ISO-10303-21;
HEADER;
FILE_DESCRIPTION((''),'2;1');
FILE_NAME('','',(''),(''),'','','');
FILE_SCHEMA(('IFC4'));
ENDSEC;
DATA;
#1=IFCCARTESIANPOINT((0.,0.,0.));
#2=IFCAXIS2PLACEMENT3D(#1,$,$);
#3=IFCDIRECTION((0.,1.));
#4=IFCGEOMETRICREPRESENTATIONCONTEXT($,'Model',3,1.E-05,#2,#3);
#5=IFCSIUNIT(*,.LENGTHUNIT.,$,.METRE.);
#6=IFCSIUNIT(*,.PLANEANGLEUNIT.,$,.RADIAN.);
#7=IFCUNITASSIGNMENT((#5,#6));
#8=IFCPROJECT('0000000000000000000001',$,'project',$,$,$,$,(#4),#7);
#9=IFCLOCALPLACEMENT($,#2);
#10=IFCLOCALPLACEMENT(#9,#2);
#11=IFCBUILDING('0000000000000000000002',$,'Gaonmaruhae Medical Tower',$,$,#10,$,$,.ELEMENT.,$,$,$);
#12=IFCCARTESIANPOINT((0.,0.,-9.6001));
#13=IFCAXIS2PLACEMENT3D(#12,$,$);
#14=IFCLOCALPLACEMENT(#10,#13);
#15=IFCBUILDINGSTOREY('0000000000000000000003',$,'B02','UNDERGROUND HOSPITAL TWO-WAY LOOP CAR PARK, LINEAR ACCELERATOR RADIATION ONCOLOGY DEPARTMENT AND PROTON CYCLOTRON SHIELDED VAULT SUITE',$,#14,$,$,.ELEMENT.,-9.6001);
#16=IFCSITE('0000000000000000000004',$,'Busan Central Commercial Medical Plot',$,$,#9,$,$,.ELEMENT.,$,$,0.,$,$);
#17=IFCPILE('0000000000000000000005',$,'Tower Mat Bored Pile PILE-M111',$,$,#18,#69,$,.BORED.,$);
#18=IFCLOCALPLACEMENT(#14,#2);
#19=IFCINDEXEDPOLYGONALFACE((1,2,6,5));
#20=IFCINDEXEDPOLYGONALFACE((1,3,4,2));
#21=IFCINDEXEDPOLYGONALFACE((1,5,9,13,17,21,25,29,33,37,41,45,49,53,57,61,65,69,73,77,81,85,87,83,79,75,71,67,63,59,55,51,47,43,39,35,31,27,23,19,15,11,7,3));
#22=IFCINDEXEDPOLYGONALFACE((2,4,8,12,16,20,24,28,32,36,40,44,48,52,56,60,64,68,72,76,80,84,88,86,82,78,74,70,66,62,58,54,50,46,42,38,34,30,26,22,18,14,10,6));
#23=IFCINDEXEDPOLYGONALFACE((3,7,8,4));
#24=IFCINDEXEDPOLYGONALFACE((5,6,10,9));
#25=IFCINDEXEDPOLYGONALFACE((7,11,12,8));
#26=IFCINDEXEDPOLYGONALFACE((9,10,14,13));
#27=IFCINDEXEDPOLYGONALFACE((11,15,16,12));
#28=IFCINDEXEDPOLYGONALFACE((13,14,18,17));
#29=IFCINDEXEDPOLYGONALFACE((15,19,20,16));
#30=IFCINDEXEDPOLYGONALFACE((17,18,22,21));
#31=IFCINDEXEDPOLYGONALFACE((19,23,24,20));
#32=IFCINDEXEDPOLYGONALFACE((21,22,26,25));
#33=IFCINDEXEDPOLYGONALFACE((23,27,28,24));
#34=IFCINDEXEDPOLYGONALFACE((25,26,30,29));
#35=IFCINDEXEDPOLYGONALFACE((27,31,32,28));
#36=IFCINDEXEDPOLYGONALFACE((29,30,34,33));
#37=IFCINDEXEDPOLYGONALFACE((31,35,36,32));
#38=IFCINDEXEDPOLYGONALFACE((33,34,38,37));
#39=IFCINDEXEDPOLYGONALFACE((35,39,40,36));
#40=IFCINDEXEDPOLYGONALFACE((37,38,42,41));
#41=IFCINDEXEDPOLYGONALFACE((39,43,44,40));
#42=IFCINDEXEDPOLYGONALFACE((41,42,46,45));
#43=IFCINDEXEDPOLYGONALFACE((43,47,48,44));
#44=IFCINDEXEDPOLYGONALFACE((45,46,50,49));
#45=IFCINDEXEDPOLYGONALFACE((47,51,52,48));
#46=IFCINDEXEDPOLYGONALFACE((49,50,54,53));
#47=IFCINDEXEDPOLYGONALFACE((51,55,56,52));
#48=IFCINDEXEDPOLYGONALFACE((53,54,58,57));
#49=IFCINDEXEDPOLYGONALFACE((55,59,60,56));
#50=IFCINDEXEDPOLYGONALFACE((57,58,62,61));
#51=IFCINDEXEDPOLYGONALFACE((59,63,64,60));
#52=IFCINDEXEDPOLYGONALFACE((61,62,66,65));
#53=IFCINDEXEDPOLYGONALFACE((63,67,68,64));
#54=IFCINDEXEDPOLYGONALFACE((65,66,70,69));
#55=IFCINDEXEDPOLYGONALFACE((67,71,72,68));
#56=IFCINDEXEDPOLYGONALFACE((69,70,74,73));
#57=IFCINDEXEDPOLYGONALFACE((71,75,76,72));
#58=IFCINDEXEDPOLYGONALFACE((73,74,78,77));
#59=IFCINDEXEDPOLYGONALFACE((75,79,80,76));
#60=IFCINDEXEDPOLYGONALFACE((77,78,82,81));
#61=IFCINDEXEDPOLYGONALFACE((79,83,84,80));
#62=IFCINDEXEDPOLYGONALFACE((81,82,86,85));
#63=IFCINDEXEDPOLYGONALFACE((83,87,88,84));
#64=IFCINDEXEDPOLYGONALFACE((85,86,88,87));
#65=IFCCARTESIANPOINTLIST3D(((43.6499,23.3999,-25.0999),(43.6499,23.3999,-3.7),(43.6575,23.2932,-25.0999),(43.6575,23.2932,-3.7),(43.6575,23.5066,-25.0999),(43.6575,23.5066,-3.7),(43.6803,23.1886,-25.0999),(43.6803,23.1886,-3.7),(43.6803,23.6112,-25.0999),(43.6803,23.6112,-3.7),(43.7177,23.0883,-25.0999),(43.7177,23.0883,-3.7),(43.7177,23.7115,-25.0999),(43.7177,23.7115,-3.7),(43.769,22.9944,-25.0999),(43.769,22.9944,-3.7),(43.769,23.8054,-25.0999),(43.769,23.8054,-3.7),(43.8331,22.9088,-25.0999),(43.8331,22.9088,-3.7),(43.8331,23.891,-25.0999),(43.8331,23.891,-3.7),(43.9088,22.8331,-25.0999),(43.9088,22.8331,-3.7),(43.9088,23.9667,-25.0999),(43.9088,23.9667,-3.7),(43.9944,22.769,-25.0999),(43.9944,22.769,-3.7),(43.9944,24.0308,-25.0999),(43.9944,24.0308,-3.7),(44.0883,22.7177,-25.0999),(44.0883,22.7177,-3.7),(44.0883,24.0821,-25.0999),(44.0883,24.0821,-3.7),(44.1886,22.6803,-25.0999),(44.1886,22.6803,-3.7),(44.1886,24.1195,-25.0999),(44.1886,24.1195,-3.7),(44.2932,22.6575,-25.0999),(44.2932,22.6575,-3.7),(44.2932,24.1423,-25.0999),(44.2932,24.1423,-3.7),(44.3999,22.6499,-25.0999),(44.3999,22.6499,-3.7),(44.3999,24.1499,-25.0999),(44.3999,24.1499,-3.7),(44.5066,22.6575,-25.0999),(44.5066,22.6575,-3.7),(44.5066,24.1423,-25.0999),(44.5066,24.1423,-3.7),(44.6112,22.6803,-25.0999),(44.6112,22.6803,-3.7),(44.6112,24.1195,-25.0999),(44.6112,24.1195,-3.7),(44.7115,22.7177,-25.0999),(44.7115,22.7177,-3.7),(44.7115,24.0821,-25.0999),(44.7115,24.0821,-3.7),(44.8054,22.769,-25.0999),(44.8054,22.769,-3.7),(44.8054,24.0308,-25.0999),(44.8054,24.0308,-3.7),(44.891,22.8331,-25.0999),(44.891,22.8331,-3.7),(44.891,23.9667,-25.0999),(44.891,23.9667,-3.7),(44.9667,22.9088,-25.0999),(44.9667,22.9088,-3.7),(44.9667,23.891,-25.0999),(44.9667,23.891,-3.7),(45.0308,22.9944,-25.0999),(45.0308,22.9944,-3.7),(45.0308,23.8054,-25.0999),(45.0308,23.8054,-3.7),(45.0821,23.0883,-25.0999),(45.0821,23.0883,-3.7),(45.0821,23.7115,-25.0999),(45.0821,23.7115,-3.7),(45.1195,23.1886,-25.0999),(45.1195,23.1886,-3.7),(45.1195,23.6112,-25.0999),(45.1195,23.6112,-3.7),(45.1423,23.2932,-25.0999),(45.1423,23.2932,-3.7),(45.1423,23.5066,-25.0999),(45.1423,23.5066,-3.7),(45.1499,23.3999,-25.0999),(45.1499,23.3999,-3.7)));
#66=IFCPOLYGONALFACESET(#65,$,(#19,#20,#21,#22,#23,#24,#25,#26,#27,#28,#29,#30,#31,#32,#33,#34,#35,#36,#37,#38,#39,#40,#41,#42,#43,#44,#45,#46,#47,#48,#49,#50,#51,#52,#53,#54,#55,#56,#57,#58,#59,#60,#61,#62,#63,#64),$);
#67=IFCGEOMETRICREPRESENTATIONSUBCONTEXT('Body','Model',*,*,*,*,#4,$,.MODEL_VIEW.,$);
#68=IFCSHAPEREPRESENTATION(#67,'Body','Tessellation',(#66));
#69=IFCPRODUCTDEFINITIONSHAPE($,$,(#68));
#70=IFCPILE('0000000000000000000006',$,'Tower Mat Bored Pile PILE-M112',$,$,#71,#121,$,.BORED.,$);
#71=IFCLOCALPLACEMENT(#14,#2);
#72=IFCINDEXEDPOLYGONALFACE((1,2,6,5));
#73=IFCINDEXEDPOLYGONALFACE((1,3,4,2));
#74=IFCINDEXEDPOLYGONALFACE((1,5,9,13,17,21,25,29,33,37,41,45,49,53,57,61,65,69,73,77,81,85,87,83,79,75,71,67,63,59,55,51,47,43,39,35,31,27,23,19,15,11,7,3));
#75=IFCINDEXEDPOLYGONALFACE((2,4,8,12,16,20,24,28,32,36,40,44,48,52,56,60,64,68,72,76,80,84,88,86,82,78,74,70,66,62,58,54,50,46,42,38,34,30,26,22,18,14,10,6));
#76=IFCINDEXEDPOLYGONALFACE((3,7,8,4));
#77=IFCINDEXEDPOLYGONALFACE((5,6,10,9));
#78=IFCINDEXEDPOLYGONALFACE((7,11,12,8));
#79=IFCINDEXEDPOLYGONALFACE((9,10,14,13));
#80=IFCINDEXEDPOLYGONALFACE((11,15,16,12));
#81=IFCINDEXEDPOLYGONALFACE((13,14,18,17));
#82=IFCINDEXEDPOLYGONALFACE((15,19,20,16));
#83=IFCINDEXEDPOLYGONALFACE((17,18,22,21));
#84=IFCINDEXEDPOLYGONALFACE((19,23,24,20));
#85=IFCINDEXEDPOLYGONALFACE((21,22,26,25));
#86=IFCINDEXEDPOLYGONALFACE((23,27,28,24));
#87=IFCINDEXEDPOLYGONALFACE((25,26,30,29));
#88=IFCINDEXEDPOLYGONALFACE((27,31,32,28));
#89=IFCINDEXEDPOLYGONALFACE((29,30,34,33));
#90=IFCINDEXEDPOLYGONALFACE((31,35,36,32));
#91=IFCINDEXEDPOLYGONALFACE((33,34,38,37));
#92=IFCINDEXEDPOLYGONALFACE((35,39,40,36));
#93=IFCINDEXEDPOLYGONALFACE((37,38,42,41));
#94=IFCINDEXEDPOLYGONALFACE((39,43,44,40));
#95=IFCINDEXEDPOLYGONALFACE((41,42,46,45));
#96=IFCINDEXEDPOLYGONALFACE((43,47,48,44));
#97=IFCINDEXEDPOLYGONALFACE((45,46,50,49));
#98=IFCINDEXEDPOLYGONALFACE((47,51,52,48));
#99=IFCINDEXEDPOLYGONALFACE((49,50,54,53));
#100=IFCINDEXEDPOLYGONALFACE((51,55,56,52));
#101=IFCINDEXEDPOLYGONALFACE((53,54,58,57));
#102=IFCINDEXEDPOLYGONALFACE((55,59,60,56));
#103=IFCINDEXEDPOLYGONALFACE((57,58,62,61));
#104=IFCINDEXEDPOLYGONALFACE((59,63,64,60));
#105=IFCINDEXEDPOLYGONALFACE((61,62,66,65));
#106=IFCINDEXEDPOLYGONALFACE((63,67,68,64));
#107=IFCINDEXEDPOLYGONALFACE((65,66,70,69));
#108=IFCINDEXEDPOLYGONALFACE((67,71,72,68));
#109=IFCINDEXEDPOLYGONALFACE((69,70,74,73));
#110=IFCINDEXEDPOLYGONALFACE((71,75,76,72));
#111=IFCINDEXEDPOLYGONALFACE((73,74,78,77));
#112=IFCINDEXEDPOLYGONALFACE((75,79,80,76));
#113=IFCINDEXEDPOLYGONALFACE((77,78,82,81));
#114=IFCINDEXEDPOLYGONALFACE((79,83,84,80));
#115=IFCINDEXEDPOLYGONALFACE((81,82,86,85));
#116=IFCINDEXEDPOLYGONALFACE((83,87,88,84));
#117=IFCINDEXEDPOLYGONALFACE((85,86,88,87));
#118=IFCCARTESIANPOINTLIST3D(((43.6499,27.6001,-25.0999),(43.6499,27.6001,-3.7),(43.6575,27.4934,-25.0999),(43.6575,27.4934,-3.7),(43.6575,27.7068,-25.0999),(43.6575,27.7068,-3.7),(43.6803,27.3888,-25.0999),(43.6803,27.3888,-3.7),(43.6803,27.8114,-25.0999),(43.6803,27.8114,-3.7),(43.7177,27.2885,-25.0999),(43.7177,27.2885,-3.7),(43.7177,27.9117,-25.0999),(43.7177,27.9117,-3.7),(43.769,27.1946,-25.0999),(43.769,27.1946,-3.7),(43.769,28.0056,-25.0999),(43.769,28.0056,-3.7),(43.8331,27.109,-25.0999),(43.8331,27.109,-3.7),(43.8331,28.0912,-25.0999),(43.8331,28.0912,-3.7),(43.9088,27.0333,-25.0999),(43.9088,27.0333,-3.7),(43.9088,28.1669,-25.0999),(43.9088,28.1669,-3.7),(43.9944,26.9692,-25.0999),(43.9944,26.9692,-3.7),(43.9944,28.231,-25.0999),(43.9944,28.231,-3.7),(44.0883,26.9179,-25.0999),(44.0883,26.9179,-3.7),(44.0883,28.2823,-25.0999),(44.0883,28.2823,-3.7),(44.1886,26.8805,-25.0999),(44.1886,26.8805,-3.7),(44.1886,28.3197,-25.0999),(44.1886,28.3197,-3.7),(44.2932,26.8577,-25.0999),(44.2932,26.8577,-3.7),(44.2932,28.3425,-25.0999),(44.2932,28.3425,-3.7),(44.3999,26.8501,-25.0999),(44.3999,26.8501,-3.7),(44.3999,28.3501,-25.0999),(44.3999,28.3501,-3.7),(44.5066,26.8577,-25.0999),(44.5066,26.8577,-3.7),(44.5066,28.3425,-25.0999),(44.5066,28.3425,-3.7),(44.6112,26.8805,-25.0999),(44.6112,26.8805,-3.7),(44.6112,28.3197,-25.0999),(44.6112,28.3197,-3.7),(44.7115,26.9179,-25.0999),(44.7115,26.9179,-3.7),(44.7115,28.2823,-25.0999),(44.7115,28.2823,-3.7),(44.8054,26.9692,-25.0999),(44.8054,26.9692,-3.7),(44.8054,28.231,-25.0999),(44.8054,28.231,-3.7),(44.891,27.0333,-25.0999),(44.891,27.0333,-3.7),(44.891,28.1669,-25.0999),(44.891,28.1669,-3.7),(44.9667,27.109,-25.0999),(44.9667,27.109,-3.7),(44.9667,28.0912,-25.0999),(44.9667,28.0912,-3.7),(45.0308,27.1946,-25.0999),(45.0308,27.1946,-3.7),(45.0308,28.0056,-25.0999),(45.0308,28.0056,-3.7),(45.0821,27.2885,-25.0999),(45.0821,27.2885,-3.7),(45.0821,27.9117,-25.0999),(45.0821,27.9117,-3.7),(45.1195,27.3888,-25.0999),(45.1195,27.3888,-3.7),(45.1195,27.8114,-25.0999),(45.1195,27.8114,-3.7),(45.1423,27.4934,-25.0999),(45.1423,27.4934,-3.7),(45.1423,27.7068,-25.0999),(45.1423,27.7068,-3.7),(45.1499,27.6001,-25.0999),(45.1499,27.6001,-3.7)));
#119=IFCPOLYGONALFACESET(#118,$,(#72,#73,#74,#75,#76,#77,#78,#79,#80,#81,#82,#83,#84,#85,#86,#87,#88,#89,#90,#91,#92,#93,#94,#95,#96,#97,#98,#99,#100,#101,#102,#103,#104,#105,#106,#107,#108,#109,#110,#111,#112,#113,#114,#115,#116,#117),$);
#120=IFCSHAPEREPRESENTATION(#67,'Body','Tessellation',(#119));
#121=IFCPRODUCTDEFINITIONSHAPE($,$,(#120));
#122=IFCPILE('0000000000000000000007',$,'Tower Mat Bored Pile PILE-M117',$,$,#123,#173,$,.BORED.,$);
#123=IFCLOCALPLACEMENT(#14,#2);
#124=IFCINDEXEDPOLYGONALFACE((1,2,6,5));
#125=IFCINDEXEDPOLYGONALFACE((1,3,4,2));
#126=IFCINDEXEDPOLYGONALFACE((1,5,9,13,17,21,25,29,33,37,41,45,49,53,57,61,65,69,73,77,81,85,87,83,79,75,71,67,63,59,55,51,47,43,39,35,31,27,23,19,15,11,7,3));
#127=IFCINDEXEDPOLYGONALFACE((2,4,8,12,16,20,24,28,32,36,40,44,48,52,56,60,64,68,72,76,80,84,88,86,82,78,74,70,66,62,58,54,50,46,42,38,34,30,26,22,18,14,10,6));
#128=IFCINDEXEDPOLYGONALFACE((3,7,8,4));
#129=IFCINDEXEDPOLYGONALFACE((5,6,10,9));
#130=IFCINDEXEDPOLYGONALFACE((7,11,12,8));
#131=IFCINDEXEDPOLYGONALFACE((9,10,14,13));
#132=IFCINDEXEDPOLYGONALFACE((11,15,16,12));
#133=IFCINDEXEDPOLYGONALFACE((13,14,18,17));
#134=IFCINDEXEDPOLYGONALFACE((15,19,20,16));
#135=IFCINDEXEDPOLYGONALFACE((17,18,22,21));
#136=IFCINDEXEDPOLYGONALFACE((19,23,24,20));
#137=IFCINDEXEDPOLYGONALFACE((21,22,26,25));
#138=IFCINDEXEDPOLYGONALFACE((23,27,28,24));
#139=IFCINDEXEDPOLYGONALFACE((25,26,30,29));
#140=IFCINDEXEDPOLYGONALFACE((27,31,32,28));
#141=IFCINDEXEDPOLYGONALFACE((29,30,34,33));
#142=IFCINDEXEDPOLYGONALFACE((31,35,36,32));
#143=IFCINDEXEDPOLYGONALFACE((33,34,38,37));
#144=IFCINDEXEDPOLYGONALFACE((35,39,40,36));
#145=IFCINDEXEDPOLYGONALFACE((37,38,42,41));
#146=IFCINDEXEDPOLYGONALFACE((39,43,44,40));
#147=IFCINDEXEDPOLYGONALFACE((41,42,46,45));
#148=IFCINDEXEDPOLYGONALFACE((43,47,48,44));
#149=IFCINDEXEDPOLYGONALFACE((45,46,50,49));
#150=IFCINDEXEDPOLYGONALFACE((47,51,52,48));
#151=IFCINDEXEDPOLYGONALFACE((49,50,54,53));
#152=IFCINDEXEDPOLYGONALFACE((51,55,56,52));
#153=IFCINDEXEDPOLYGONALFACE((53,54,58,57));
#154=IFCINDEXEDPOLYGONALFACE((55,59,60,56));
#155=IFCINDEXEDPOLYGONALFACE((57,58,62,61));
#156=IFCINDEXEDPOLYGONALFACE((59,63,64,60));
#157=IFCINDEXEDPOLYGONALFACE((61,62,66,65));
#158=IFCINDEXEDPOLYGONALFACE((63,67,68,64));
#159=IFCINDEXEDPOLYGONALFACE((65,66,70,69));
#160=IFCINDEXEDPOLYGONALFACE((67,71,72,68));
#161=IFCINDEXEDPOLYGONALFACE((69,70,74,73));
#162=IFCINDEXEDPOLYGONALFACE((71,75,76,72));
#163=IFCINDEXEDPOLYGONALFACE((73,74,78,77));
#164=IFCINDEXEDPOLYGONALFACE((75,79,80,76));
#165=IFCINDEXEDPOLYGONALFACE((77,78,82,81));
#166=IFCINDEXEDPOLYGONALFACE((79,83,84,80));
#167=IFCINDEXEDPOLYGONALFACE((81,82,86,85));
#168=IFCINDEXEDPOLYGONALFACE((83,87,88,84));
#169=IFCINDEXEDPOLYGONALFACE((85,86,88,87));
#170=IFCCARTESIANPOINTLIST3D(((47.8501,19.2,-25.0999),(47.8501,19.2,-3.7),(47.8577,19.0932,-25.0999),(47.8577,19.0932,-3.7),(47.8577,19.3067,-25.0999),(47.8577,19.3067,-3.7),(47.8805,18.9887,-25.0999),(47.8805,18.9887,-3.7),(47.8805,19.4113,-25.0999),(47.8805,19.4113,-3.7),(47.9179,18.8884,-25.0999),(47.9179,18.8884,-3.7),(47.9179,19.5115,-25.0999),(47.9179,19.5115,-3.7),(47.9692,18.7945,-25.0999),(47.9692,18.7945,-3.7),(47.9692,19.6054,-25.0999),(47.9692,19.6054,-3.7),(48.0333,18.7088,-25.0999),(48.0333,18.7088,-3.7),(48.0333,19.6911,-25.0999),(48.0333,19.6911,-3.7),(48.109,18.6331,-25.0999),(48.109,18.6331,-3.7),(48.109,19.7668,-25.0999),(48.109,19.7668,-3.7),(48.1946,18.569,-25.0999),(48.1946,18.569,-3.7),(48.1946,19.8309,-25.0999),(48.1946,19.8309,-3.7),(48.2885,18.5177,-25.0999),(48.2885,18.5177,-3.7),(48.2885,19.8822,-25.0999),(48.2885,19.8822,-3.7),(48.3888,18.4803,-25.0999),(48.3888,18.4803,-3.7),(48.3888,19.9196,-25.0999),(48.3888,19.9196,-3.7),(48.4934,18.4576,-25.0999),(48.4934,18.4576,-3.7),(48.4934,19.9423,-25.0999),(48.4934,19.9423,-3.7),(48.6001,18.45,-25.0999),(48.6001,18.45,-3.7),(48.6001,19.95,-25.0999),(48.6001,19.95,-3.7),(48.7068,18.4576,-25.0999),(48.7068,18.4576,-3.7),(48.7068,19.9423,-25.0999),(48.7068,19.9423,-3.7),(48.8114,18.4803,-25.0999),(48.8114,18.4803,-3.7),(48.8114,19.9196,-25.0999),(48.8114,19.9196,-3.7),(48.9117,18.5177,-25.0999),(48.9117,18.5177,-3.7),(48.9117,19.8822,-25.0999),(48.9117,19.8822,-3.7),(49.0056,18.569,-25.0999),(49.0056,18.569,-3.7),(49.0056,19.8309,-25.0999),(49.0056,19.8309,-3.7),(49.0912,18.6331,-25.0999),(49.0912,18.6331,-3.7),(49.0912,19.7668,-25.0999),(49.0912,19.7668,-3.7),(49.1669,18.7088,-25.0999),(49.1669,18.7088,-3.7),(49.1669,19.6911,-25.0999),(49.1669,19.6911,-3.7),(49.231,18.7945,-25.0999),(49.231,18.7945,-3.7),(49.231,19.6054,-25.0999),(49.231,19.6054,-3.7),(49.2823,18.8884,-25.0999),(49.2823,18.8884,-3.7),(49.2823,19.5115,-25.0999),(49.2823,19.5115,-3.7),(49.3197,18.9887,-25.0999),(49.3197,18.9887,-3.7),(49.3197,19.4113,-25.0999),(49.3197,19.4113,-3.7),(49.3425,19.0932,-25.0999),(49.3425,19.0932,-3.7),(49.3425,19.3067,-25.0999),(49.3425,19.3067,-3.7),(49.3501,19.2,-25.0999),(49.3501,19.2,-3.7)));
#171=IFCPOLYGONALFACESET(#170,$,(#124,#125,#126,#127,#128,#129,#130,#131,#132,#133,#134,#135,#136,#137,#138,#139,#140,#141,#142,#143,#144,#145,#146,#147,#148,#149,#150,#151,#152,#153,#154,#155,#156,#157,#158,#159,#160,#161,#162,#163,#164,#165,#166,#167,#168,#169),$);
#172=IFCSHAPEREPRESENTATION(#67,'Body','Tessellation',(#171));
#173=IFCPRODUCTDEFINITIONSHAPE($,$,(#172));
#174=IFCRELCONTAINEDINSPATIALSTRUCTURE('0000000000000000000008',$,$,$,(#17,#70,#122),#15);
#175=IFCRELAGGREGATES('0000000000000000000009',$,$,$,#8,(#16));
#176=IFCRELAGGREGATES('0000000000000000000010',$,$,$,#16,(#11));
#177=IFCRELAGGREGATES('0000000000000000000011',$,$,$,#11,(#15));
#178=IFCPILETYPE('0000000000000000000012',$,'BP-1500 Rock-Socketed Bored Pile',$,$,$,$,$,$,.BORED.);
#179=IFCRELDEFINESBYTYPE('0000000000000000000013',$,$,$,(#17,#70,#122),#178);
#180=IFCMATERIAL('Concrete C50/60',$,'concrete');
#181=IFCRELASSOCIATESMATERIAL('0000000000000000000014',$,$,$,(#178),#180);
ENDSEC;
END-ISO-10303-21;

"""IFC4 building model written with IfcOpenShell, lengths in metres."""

from ifc_helpers import new_model, si_unit, direction, frame, origin, origin_2d, place, context, subcontext, project, spatial, circle, extrude, material, material_profile, profile_set, type_object, element, save


model = new_model("IFC4")

# Units and contexts
model_context = context("Model", 3, precision=1e-05, world=origin(), true_north=direction((0.0, 1.0)))
body_context = subcontext(model_context, "Body", "Model", "MODEL_VIEW")
ifc_project = project(units=[si_unit("LENGTHUNIT", "METRE"), si_unit("PLANEANGLEUNIT", "RADIAN")], contexts=[model_context])

# Site, building, storey
site_placement = place(None, origin())
site = spatial("IfcSite", under=ifc_project, at=site_placement, Name="Busan Central Commercial Medical Plot", CompositionType="ELEMENT", RefElevation=0.0)
building_placement = place(site_placement, origin())
building = spatial("IfcBuilding", under=site, at=building_placement, Name="Gaonmaruhae Medical Tower", CompositionType="ELEMENT")
storey_placement = place(building_placement, frame((0.0, 0.0, -9.6001)))
storey = spatial("IfcBuildingStorey", under=building, at=storey_placement, Name="B02", Description="UNDERGROUND HOSPITAL TWO-WAY LOOP CAR PARK, LINEAR ACCELERATOR RADIATION ONCOLOGY DEPARTMENT AND PROTON CYCLOTRON SHIELDED VAULT SUITE", CompositionType="ELEMENT", Elevation=-9.6001)

# Piles
ifc_material_1 = material(Name="Concrete C50/60", Category="concrete")
ifc_material_profile_1 = material_profile(ifc_material_1, circle(Radius=0.75, at=origin_2d()), Name="PILE-D1500")
ifc_profile_set_1 = profile_set([ifc_material_profile_1], Name="Concrete C50/60")
pile_type = type_object("IfcPileType", Name="BP-1500 Rock-Socketed Bored Pile", PredefinedType="BORED", material=ifc_profile_set_1)
for number, where, z_axis, x_axis, name in (
    (1, (44.3999, 23.3999, -3.7), (0.0, 0.0, -1.0), (1.0, 0.0, 0.0), "Tower Mat Bored Pile PILE-M111"),
    (2, (44.3999, 27.6001, -3.7), (0.0, 0.0, -1.0), (1.0, 0.0, 0.0), "Tower Mat Bored Pile PILE-M112"),
    (3, (48.6001, 19.2, -3.7), (0.0, 0.0, -1.0), (1.0, 0.0, 0.0), "Tower Mat Bored Pile PILE-M117"),
):
    element("IfcPile", number, at=place(storey_placement, frame(where, z_axis=z_axis, x_axis=x_axis)), inside=storey, type_object=pile_type, Name=name, PredefinedType="BORED", context=body_context, shape_type="SweptSolid", body=[
        extrude(circle(Radius=0.75, at=origin_2d()), origin(), (0.0, 0.0, 1.0), 21.3999),
    ])

save(model, "model.ifc")
